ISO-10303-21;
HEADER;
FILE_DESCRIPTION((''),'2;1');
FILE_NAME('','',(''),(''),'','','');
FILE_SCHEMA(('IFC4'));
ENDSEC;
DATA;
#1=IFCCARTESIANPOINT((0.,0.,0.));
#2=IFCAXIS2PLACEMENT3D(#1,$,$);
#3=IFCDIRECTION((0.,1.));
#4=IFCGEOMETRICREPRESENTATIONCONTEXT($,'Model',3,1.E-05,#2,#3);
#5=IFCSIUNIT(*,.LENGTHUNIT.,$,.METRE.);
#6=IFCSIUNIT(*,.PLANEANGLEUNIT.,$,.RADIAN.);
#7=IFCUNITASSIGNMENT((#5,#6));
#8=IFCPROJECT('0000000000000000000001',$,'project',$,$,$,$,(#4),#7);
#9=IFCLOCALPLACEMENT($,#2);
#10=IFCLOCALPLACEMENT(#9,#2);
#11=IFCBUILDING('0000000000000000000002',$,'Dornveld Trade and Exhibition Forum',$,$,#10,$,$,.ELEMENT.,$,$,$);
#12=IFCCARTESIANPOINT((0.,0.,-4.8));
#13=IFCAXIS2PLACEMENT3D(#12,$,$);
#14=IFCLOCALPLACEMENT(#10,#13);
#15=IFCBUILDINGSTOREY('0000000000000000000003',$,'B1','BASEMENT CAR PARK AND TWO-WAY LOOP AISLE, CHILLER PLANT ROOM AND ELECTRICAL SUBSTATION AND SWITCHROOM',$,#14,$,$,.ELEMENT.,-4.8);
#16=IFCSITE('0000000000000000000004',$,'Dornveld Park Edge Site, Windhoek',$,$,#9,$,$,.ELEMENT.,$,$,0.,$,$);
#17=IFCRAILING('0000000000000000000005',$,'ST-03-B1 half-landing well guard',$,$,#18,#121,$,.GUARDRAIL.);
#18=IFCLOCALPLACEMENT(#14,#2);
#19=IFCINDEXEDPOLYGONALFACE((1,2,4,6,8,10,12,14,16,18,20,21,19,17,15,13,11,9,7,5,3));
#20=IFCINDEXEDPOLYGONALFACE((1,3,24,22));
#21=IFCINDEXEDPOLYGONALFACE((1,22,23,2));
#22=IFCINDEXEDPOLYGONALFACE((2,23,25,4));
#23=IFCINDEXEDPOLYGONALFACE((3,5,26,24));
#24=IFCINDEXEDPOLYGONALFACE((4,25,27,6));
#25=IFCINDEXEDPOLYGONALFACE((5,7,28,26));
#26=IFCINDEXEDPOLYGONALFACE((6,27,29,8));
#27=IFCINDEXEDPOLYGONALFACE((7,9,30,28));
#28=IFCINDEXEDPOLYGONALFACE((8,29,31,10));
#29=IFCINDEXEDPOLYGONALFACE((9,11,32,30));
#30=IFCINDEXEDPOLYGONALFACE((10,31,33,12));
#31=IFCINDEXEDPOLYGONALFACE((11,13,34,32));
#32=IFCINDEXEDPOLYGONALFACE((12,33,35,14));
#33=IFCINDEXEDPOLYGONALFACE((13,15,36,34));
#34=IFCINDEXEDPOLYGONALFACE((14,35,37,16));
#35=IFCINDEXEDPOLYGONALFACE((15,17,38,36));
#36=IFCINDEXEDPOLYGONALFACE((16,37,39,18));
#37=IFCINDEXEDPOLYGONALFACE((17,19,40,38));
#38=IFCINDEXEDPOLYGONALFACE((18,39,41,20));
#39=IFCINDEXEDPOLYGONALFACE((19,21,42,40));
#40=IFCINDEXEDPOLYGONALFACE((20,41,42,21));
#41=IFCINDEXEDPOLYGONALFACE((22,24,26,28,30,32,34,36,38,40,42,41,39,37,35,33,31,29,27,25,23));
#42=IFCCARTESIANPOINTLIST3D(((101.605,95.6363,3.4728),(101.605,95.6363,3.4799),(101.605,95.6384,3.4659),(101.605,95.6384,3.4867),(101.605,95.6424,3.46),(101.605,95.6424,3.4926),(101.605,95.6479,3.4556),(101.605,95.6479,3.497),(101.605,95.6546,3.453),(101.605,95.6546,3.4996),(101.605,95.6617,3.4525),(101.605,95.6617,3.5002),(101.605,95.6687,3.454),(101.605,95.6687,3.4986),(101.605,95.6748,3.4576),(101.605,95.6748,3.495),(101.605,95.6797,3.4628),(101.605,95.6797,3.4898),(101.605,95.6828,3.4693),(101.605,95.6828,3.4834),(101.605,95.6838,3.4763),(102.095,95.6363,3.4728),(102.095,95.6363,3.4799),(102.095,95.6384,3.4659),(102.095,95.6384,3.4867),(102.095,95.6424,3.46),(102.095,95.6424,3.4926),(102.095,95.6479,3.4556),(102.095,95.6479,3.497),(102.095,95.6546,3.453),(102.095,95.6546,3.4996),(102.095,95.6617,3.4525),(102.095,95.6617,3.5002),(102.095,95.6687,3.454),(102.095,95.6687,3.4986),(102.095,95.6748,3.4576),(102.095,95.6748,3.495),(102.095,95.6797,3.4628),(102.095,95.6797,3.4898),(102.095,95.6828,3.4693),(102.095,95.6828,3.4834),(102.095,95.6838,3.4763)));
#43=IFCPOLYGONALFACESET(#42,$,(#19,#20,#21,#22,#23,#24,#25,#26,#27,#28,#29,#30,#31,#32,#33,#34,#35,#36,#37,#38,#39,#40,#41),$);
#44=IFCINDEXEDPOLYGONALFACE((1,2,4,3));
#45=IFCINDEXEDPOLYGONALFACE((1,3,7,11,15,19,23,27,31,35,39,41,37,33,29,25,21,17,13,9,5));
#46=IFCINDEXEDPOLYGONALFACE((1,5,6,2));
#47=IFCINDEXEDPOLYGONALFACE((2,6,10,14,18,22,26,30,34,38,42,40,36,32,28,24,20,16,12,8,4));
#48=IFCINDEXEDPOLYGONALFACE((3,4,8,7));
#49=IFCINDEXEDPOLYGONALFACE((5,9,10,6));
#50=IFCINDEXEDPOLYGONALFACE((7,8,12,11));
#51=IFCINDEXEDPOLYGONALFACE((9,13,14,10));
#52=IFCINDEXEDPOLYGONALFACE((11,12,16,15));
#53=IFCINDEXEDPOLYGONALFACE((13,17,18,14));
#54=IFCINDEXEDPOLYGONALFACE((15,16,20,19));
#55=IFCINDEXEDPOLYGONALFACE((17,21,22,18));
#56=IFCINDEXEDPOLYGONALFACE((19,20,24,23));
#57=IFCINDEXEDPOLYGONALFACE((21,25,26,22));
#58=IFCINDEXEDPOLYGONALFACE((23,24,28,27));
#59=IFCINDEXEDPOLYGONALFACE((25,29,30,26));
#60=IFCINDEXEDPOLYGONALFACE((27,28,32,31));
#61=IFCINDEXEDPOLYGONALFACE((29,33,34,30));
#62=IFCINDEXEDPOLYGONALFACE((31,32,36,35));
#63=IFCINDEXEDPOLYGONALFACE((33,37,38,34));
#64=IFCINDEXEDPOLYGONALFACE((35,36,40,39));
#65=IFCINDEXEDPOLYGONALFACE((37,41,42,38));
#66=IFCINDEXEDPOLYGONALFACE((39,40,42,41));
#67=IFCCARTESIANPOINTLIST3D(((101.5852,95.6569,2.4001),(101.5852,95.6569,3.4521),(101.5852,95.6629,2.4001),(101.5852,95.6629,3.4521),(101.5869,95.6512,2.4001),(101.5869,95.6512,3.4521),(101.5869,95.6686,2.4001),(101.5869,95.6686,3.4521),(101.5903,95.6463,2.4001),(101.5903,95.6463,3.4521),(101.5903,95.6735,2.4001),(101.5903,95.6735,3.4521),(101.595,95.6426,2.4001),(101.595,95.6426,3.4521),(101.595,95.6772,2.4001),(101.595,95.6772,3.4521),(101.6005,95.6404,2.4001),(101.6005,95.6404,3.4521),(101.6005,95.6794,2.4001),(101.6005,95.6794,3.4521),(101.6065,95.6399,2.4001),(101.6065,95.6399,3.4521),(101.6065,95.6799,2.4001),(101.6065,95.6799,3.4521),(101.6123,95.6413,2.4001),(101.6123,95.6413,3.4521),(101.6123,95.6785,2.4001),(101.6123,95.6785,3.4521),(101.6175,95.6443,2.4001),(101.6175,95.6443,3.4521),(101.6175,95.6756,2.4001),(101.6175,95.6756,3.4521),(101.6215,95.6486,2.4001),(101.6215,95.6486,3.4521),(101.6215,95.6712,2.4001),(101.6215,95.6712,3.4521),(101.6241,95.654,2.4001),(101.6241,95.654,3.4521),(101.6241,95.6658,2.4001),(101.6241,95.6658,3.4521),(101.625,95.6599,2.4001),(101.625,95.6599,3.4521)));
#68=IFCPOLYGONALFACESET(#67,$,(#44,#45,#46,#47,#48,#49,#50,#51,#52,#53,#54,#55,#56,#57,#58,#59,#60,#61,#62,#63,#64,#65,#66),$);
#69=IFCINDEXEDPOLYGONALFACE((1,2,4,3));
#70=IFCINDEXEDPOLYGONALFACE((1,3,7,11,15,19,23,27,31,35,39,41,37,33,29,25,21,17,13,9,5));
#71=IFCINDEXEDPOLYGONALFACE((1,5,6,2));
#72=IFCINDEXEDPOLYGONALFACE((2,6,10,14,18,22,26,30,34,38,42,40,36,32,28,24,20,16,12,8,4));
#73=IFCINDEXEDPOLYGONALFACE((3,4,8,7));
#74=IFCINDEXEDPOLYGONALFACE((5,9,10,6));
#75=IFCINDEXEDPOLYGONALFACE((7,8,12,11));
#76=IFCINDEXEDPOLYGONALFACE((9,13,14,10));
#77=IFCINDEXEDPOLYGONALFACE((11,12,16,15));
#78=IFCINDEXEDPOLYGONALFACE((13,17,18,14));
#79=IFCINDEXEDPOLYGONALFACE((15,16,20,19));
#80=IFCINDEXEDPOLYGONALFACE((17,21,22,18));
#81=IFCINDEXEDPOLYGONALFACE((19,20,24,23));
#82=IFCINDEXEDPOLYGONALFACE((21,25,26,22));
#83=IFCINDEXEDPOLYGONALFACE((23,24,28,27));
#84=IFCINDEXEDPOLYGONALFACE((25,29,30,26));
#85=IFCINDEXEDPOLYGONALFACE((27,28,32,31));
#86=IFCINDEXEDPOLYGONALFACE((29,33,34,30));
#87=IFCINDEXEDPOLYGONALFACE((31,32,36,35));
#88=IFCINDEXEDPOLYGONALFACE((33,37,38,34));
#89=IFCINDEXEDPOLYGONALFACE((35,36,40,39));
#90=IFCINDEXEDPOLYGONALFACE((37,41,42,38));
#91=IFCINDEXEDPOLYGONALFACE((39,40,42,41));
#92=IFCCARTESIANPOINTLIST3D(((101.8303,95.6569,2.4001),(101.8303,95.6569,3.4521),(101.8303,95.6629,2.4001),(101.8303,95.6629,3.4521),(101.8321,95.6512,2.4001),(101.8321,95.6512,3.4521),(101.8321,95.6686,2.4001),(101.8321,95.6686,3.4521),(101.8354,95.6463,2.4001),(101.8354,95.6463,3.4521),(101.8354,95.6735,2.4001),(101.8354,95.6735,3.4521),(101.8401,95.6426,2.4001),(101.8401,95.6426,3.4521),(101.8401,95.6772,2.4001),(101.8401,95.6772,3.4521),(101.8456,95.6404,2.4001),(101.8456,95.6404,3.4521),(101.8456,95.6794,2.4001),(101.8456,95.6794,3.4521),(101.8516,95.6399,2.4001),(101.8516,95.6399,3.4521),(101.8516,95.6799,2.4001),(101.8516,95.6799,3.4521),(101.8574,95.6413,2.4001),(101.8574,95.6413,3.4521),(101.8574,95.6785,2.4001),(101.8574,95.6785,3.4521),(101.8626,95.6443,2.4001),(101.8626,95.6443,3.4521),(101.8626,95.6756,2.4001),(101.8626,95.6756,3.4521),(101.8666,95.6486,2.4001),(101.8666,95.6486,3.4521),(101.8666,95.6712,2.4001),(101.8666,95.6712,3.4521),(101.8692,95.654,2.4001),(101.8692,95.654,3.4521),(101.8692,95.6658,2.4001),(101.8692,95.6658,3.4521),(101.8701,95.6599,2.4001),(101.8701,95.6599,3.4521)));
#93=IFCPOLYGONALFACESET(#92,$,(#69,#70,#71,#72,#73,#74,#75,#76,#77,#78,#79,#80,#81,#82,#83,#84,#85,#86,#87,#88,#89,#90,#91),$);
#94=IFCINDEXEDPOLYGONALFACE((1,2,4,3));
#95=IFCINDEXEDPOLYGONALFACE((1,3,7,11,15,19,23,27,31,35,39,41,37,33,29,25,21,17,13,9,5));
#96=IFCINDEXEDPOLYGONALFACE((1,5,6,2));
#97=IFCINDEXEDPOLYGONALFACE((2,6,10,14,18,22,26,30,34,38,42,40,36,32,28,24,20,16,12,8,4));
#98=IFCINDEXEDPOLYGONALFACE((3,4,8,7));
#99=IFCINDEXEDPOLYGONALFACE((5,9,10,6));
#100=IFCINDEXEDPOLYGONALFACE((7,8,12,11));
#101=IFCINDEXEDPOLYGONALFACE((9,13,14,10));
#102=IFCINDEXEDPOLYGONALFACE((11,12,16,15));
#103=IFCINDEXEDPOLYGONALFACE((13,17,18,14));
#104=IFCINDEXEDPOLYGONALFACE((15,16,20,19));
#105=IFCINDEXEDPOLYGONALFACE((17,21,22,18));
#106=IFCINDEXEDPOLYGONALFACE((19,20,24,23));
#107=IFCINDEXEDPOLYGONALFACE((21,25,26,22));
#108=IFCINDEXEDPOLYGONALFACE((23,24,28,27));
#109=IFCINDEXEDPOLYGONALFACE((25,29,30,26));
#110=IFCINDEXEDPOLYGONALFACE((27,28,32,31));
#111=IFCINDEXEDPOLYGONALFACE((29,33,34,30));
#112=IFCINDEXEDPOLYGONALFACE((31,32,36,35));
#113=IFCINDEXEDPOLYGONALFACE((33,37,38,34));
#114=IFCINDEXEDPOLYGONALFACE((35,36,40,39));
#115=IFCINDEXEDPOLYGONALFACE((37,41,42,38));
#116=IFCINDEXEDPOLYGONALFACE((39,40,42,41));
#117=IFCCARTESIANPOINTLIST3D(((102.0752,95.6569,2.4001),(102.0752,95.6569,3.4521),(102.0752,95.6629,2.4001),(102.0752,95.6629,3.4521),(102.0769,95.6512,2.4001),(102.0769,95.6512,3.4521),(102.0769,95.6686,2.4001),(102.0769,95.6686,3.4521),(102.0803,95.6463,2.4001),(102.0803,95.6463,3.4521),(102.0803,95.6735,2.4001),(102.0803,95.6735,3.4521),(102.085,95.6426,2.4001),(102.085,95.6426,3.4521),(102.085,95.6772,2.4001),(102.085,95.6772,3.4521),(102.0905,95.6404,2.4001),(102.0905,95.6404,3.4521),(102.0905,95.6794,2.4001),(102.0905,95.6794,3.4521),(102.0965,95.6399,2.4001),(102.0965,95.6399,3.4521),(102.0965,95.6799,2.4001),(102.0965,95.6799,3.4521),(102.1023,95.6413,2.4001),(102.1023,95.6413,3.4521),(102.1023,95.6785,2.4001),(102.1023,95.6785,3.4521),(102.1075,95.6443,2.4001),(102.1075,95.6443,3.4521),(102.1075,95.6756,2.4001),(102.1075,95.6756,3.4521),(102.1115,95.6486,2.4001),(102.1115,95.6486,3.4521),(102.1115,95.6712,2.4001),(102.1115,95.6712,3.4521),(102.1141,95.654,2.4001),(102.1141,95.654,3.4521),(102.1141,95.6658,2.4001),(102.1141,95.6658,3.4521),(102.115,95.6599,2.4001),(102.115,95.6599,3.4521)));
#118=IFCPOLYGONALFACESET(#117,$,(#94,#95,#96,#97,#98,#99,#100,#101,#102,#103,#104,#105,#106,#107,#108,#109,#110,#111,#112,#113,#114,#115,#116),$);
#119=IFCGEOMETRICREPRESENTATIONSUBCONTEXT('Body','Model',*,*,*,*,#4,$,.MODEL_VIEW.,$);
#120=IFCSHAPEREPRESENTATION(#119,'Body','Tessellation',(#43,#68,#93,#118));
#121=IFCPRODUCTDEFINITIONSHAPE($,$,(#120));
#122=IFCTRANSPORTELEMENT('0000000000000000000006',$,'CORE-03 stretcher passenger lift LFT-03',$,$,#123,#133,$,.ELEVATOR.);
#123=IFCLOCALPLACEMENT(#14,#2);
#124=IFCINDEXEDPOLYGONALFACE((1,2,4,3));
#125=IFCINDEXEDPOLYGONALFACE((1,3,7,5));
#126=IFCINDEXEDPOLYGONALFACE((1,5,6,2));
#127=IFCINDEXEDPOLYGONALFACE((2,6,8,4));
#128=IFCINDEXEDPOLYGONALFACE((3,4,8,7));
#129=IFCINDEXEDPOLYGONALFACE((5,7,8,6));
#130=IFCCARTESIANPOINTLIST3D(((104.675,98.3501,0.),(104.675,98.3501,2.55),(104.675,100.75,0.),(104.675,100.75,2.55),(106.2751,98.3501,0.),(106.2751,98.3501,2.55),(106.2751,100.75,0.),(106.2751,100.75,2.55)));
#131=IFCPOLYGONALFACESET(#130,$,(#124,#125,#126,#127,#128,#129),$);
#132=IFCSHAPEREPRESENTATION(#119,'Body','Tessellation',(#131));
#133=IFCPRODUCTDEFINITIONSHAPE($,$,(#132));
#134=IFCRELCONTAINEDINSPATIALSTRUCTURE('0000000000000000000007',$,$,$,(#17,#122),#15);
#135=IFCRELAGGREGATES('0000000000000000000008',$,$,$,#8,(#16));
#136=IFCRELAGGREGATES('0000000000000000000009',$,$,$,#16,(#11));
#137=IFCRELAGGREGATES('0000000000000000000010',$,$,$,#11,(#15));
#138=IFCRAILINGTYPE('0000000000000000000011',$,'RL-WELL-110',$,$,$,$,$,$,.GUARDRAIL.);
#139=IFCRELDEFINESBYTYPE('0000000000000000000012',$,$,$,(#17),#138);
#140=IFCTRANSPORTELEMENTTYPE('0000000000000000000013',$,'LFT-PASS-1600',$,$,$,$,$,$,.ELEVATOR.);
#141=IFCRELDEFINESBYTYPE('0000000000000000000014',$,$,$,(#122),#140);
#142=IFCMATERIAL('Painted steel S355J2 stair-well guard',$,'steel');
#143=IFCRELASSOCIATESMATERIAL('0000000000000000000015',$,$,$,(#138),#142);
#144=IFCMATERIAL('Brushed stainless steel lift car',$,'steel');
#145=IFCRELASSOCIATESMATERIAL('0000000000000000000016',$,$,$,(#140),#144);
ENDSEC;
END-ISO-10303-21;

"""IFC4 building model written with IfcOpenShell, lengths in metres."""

from ifc_helpers import new_model, si_unit, direction, frame, origin, origin_2d, place, context, subcontext, project, spatial, rectangle, circle, extrude, material, type_object, element, save


model = new_model("IFC4")

# Units and contexts
model_context = context("Model", 3, precision=1e-05, world=origin(), true_north=direction((0.0, 1.0)))
body_context = subcontext(model_context, "Body", "Model", "MODEL_VIEW")
ifc_project = project(units=[si_unit("LENGTHUNIT", "METRE"), si_unit("PLANEANGLEUNIT", "RADIAN")], contexts=[model_context])

# Site, building, storey
site_placement = place(None, origin())
site = spatial("IfcSite", under=ifc_project, at=site_placement, Name="Dornveld Park Edge Site, Windhoek", CompositionType="ELEMENT", RefElevation=0.0)
building_placement = place(site_placement, origin())
building = spatial("IfcBuilding", under=site, at=building_placement, Name="Dornveld Trade and Exhibition Forum", CompositionType="ELEMENT")
storey_placement = place(building_placement, frame((0.0, 0.0, -4.8)))
storey = spatial("IfcBuildingStorey", under=building, at=storey_placement, Name="B1", Description="BASEMENT CAR PARK AND TWO-WAY LOOP AISLE, CHILLER PLANT ROOM AND ELECTRICAL SUBSTATION AND SWITCHROOM", CompositionType="ELEMENT", Elevation=-4.8)

# Railing
ifc_material_1 = material(Name="Painted steel S355J2 stair-well guard", Category="steel")
railing_type_1 = type_object("IfcRailingType", Name="RL-WELL-110", PredefinedType="GUARDRAIL", material=ifc_material_1)
railing_1_placement = place(storey_placement, frame((101.605, 95.6599, 2.4001)))
element("IfcRailing", 1, at=railing_1_placement, inside=storey, type_object=railing_type_1, Name="ST-03-B1 half-landing well guard", PredefinedType="GUARDRAIL", context=body_context, shape_type="SweptSolid", body=[
    extrude(circle(Radius=0.0239, at=origin_2d()), frame((0.0, 0.0, 1.0762), z_axis=(1.0, 0.0, 0.0), x_axis=(0.0, 1.0, 0.0)), (0.0, 0.0, 1.0), 0.49),
    extrude(circle(Radius=0.02, at=origin_2d()), origin(), (0.0, 0.0, 1.0), 1.052),
    extrude(circle(Radius=0.02, at=origin_2d()), frame((0.2451, 0.0, 0.0)), (0.0, 0.0, 1.0), 1.052),
    extrude(circle(Radius=0.02, at=origin_2d()), frame((0.49, 0.0, 0.0)), (0.0, 0.0, 1.0), 1.052),
])

# Transport element
ifc_material_2 = material(Name="Brushed stainless steel lift car", Category="steel")
transport_element_type = type_object("IfcTransportElementType", Name="LFT-PASS-1600", PredefinedType="ELEVATOR", material=ifc_material_2)
transport_element_placement = place(storey_placement, frame((105.4751, 99.55, 0.0), z_axis=(0.0, 0.0, 1.0), x_axis=(1.0, 0.0, 0.0)))
element("IfcTransportElement", 2, at=transport_element_placement, inside=storey, type_object=transport_element_type, Name="CORE-03 stretcher passenger lift LFT-03", PredefinedType="ELEVATOR", context=body_context, shape_type="SweptSolid", body=[
    extrude(rectangle(XDim=1.6001, YDim=2.3999, at=origin_2d()), origin(), (0.0, 0.0, 1.0), 2.55),
])

save(model, "model.ifc")
